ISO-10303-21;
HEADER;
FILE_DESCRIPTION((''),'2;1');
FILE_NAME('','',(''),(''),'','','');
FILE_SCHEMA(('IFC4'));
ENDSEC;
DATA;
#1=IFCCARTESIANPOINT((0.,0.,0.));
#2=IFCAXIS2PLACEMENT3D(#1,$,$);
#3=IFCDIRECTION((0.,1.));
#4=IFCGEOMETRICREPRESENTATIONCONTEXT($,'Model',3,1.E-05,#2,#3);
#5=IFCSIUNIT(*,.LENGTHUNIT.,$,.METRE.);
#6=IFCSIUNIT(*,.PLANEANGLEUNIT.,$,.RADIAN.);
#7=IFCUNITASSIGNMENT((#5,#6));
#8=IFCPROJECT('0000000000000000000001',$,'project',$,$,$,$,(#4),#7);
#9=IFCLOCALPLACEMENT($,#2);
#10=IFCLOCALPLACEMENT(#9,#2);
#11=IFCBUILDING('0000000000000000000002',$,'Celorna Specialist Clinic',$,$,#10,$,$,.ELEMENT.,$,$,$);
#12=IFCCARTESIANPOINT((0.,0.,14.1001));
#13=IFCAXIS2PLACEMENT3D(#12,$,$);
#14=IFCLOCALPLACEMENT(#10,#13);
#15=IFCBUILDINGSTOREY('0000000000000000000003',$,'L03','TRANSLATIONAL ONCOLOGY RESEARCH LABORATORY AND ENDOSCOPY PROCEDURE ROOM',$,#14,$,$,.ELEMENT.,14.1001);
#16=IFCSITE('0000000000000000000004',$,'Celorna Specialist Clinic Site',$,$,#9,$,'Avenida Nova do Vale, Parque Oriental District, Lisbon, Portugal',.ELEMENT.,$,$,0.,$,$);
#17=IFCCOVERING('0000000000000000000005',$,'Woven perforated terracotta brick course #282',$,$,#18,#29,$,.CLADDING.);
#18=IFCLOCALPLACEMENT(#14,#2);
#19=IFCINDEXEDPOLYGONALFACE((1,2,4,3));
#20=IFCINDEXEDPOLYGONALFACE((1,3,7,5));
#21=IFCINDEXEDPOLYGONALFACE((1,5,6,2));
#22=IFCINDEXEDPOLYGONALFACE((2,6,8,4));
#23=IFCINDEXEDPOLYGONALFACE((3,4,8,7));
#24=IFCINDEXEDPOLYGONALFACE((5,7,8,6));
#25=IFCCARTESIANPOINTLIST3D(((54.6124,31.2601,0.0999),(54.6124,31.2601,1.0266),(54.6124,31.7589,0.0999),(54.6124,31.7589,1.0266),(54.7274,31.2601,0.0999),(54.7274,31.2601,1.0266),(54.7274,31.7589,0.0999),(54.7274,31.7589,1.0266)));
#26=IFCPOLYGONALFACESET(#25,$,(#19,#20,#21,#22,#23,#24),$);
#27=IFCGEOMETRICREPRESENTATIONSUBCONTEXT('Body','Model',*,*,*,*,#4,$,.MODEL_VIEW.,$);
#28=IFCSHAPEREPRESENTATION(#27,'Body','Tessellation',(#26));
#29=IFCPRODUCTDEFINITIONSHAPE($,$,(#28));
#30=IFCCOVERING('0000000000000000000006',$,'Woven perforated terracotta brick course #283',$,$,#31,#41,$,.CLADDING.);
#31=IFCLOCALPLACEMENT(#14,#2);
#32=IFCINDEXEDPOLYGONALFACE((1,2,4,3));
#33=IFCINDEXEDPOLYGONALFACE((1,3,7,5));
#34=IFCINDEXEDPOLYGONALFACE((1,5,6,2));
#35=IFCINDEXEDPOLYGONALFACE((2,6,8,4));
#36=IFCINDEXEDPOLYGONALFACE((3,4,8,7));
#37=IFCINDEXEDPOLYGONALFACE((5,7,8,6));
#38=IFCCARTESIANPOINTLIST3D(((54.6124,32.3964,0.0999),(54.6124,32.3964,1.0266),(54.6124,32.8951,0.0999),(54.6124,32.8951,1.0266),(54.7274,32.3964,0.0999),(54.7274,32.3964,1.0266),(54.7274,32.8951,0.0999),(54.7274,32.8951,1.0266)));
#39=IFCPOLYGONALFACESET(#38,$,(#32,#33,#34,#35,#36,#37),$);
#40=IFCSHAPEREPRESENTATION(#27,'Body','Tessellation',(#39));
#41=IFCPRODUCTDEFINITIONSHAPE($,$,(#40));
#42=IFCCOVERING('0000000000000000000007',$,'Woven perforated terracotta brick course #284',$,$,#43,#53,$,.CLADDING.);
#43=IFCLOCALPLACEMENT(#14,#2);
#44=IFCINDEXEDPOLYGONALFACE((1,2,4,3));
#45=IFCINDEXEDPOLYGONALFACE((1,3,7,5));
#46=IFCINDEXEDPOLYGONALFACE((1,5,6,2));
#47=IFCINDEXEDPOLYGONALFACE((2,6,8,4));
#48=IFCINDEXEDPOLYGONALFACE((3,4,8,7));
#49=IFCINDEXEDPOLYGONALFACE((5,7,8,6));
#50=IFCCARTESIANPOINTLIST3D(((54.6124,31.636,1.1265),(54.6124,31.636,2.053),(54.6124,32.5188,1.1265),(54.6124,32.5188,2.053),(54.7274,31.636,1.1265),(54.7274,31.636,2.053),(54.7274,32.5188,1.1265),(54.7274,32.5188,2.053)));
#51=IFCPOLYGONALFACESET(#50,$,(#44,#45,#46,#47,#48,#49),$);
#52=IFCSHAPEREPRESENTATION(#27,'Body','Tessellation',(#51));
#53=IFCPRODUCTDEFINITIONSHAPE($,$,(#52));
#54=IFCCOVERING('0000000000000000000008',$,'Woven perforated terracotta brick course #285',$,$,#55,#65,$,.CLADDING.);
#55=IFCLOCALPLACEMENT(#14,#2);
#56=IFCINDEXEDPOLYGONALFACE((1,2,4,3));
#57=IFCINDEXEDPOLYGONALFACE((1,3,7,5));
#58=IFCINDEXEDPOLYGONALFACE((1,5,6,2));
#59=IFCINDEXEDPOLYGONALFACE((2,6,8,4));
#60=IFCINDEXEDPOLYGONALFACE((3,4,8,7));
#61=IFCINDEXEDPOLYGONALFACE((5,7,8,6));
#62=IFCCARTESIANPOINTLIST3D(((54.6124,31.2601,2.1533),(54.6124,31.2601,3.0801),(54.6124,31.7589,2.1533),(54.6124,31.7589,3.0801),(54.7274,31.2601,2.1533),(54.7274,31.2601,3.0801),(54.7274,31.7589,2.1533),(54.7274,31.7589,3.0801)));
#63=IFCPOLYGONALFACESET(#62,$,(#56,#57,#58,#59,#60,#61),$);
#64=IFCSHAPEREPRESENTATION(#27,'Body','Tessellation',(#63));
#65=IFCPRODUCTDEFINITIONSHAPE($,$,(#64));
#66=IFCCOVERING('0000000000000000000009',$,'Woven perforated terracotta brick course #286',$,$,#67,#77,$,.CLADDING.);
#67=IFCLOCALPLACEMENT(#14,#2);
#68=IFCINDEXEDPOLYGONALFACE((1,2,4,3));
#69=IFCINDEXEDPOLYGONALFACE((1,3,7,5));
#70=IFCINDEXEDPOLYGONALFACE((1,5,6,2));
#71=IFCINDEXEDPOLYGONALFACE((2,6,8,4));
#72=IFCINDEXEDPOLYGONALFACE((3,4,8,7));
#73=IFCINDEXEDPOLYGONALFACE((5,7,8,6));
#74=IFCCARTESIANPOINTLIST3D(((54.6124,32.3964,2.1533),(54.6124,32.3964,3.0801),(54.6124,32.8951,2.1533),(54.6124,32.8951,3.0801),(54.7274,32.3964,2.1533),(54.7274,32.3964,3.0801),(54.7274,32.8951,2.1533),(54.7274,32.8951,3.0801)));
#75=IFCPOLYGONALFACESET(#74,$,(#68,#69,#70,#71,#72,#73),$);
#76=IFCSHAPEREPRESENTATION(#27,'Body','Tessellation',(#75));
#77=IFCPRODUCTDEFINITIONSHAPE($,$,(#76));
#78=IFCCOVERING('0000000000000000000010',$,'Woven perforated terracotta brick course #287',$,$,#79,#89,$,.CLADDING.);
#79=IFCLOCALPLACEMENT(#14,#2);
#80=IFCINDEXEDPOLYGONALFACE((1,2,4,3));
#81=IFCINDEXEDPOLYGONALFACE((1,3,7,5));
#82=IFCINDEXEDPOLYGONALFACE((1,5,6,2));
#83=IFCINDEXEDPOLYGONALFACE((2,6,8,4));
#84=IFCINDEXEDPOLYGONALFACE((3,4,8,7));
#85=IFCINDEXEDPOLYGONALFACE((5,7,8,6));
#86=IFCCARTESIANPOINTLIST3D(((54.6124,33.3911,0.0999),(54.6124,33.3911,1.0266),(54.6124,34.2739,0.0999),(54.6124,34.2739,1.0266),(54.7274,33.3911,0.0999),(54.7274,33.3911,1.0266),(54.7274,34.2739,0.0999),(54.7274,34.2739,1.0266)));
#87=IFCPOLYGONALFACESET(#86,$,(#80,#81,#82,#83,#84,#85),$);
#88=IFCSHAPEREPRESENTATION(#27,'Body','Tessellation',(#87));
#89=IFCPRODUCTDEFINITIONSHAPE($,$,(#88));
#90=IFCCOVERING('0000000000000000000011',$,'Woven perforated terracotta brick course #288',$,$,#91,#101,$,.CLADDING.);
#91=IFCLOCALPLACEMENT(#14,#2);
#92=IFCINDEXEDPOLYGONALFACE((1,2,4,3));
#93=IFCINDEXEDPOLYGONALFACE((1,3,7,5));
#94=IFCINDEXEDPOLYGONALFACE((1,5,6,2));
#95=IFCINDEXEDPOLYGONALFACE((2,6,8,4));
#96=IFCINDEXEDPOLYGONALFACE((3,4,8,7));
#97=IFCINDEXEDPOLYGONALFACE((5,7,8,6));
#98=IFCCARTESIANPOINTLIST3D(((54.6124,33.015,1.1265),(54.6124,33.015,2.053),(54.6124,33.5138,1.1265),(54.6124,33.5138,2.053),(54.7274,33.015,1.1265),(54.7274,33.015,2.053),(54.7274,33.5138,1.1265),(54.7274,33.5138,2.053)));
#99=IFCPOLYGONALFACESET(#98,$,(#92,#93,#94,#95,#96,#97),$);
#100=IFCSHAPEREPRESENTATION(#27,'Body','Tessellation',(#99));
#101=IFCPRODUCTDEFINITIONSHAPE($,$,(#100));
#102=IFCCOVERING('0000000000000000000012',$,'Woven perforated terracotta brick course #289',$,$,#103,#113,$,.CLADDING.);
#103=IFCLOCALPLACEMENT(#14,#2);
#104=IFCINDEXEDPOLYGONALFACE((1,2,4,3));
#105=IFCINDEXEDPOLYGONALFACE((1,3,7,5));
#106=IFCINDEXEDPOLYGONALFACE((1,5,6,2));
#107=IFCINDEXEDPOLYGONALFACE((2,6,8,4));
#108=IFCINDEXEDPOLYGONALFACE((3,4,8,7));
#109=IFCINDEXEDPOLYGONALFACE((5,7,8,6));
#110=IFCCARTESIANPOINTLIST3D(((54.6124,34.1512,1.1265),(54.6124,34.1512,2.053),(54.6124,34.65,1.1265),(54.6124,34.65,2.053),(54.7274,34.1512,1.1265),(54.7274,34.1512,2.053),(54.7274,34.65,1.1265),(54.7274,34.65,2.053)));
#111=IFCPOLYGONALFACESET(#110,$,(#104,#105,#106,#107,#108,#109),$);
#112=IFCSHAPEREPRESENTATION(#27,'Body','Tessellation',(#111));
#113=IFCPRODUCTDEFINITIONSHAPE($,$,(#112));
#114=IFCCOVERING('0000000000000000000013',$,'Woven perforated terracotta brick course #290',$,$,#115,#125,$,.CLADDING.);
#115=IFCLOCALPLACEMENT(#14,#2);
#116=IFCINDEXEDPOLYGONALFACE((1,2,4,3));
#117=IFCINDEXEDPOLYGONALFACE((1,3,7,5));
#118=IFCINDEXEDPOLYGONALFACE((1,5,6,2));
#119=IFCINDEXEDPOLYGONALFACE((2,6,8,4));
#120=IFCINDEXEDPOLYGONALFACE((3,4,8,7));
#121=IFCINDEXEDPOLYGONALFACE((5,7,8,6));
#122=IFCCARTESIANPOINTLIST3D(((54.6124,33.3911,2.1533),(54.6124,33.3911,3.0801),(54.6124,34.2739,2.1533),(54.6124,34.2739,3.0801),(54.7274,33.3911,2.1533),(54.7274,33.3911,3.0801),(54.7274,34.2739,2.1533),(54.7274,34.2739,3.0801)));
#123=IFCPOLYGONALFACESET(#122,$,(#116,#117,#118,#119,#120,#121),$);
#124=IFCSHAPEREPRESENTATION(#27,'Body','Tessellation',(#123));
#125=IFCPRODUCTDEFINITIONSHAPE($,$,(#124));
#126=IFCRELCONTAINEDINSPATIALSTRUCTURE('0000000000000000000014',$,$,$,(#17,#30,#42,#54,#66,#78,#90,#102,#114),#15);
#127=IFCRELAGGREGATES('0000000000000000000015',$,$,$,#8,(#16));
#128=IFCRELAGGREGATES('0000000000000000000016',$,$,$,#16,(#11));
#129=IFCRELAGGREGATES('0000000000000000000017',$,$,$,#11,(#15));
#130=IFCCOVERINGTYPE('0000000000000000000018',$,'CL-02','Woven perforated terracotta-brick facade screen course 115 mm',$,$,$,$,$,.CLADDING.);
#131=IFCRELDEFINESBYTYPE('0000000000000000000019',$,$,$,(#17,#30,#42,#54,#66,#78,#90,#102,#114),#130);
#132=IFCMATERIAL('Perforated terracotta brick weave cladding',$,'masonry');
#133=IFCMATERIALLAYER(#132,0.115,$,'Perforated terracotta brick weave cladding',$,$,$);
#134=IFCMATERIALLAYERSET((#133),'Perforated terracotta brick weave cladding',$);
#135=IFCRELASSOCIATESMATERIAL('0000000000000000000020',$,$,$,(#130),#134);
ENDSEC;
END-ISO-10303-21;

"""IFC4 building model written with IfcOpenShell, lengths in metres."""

from ifc_helpers import new_model, si_unit, direction, frame, origin, origin_2d, place, context, subcontext, project, spatial, rectangle, extrude, material, layer, layer_set, type_object, element, save


model = new_model("IFC4")

# Units and contexts
model_context = context("Model", 3, precision=1e-05, world=origin(), true_north=direction((0.0, 1.0)))
body_context = subcontext(model_context, "Body", "Model", "MODEL_VIEW")
ifc_project = project(units=[si_unit("LENGTHUNIT", "METRE"), si_unit("PLANEANGLEUNIT", "RADIAN")], contexts=[model_context])

# Site, building, storey
site_placement = place(None, origin())
site = spatial("IfcSite", under=ifc_project, at=site_placement, Name="Celorna Specialist Clinic Site", LongName="Avenida Nova do Vale, Parque Oriental District, Lisbon, Portugal", CompositionType="ELEMENT", RefElevation=0.0)
building_placement = place(site_placement, origin())
building = spatial("IfcBuilding", under=site, at=building_placement, Name="Celorna Specialist Clinic", CompositionType="ELEMENT")
storey_placement = place(building_placement, frame((0.0, 0.0, 14.1001)))
storey = spatial("IfcBuildingStorey", under=building, at=storey_placement, Name="L03", Description="TRANSLATIONAL ONCOLOGY RESEARCH LABORATORY AND ENDOSCOPY PROCEDURE ROOM", CompositionType="ELEMENT", Elevation=14.1001)

# Coverings
ifc_material_1 = material(Name="Perforated terracotta brick weave cladding", Category="masonry")
ifc_layer_1 = layer(ifc_material_1, 0.115, Name="Perforated terracotta brick weave cladding")
ifc_layer_set_1 = layer_set([ifc_layer_1], Name="Perforated terracotta brick weave cladding")
covering_type = type_object("IfcCoveringType", Name="CL-02", Description="Woven perforated terracotta-brick facade screen course 115 mm", PredefinedType="CLADDING", material=ifc_layer_set_1)
for number, where, z_axis, x_axis, name in (
    (1, (54.6699, 31.5095, 0.0999), (0.0, 0.0, 1.0), (0.0, 1.0, 0.0), "Woven perforated terracotta brick course #282"),
    (2, (54.6699, 32.6458, 0.0999), (0.0, 0.0, 1.0), (0.0, 1.0, 0.0), "Woven perforated terracotta brick course #283"),
):
    element("IfcCovering", number, at=place(storey_placement, frame(where, z_axis=z_axis, x_axis=x_axis)), inside=storey, type_object=covering_type, Name=name, PredefinedType="CLADDING", context=body_context, shape_type="SweptSolid", body=[
        extrude(rectangle(XDim=0.4988, YDim=0.115, at=origin_2d()), origin(), (0.0, 0.0, 1.0), 0.9268),
    ])
covering_1_placement = place(storey_placement, frame((54.6699, 32.0774, 1.1265), z_axis=(0.0, 0.0, 1.0), x_axis=(0.0, 1.0, 0.0)))
element("IfcCovering", 3, at=covering_1_placement, inside=storey, type_object=covering_type, Name="Woven perforated terracotta brick course #284", PredefinedType="CLADDING", context=body_context, shape_type="SweptSolid", body=[
    extrude(rectangle(XDim=0.8828, YDim=0.115, at=origin_2d()), origin(), (0.0, 0.0, 1.0), 0.9265),
])
for number, where, z_axis, x_axis, name in (
    (4, (54.6699, 31.5095, 2.1533), (0.0, 0.0, 1.0), (0.0, 1.0, 0.0), "Woven perforated terracotta brick course #285"),
    (5, (54.6699, 32.6458, 2.1533), (0.0, 0.0, 1.0), (0.0, 1.0, 0.0), "Woven perforated terracotta brick course #286"),
):
    element("IfcCovering", number, at=place(storey_placement, frame(where, z_axis=z_axis, x_axis=x_axis)), inside=storey, type_object=covering_type, Name=name, PredefinedType="CLADDING", context=body_context, shape_type="SweptSolid", body=[
        extrude(rectangle(XDim=0.4988, YDim=0.115, at=origin_2d()), origin(), (0.0, 0.0, 1.0), 0.9268),
    ])
covering_2_placement = place(storey_placement, frame((54.6699, 33.8325, 0.0999), z_axis=(0.0, 0.0, 1.0), x_axis=(0.0, 1.0, 0.0)))
element("IfcCovering", 6, at=covering_2_placement, inside=storey, type_object=covering_type, Name="Woven perforated terracotta brick course #287", PredefinedType="CLADDING", context=body_context, shape_type="SweptSolid", body=[
    extrude(rectangle(XDim=0.8828, YDim=0.115, at=origin_2d()), origin(), (0.0, 0.0, 1.0), 0.9268),
])
for number, where, z_axis, x_axis, name in (
    (7, (54.6699, 33.2644, 1.1265), (0.0, 0.0, 1.0), (0.0, 1.0, 0.0), "Woven perforated terracotta brick course #288"),
    (8, (54.6699, 34.4006, 1.1265), (0.0, 0.0, 1.0), (0.0, 1.0, 0.0), "Woven perforated terracotta brick course #289"),
):
    element("IfcCovering", number, at=place(storey_placement, frame(where, z_axis=z_axis, x_axis=x_axis)), inside=storey, type_object=covering_type, Name=name, PredefinedType="CLADDING", context=body_context, shape_type="SweptSolid", body=[
        extrude(rectangle(XDim=0.4988, YDim=0.115, at=origin_2d()), origin(), (0.0, 0.0, 1.0), 0.9265),
    ])
covering_3_placement = place(storey_placement, frame((54.6699, 33.8325, 2.1533), z_axis=(0.0, 0.0, 1.0), x_axis=(0.0, 1.0, 0.0)))
element("IfcCovering", 9, at=covering_3_placement, inside=storey, type_object=covering_type, Name="Woven perforated terracotta brick course #290", PredefinedType="CLADDING", context=body_context, shape_type="SweptSolid", body=[
    extrude(rectangle(XDim=0.8828, YDim=0.115, at=origin_2d()), origin(), (0.0, 0.0, 1.0), 0.9268),
])

save(model, "model.ifc")
